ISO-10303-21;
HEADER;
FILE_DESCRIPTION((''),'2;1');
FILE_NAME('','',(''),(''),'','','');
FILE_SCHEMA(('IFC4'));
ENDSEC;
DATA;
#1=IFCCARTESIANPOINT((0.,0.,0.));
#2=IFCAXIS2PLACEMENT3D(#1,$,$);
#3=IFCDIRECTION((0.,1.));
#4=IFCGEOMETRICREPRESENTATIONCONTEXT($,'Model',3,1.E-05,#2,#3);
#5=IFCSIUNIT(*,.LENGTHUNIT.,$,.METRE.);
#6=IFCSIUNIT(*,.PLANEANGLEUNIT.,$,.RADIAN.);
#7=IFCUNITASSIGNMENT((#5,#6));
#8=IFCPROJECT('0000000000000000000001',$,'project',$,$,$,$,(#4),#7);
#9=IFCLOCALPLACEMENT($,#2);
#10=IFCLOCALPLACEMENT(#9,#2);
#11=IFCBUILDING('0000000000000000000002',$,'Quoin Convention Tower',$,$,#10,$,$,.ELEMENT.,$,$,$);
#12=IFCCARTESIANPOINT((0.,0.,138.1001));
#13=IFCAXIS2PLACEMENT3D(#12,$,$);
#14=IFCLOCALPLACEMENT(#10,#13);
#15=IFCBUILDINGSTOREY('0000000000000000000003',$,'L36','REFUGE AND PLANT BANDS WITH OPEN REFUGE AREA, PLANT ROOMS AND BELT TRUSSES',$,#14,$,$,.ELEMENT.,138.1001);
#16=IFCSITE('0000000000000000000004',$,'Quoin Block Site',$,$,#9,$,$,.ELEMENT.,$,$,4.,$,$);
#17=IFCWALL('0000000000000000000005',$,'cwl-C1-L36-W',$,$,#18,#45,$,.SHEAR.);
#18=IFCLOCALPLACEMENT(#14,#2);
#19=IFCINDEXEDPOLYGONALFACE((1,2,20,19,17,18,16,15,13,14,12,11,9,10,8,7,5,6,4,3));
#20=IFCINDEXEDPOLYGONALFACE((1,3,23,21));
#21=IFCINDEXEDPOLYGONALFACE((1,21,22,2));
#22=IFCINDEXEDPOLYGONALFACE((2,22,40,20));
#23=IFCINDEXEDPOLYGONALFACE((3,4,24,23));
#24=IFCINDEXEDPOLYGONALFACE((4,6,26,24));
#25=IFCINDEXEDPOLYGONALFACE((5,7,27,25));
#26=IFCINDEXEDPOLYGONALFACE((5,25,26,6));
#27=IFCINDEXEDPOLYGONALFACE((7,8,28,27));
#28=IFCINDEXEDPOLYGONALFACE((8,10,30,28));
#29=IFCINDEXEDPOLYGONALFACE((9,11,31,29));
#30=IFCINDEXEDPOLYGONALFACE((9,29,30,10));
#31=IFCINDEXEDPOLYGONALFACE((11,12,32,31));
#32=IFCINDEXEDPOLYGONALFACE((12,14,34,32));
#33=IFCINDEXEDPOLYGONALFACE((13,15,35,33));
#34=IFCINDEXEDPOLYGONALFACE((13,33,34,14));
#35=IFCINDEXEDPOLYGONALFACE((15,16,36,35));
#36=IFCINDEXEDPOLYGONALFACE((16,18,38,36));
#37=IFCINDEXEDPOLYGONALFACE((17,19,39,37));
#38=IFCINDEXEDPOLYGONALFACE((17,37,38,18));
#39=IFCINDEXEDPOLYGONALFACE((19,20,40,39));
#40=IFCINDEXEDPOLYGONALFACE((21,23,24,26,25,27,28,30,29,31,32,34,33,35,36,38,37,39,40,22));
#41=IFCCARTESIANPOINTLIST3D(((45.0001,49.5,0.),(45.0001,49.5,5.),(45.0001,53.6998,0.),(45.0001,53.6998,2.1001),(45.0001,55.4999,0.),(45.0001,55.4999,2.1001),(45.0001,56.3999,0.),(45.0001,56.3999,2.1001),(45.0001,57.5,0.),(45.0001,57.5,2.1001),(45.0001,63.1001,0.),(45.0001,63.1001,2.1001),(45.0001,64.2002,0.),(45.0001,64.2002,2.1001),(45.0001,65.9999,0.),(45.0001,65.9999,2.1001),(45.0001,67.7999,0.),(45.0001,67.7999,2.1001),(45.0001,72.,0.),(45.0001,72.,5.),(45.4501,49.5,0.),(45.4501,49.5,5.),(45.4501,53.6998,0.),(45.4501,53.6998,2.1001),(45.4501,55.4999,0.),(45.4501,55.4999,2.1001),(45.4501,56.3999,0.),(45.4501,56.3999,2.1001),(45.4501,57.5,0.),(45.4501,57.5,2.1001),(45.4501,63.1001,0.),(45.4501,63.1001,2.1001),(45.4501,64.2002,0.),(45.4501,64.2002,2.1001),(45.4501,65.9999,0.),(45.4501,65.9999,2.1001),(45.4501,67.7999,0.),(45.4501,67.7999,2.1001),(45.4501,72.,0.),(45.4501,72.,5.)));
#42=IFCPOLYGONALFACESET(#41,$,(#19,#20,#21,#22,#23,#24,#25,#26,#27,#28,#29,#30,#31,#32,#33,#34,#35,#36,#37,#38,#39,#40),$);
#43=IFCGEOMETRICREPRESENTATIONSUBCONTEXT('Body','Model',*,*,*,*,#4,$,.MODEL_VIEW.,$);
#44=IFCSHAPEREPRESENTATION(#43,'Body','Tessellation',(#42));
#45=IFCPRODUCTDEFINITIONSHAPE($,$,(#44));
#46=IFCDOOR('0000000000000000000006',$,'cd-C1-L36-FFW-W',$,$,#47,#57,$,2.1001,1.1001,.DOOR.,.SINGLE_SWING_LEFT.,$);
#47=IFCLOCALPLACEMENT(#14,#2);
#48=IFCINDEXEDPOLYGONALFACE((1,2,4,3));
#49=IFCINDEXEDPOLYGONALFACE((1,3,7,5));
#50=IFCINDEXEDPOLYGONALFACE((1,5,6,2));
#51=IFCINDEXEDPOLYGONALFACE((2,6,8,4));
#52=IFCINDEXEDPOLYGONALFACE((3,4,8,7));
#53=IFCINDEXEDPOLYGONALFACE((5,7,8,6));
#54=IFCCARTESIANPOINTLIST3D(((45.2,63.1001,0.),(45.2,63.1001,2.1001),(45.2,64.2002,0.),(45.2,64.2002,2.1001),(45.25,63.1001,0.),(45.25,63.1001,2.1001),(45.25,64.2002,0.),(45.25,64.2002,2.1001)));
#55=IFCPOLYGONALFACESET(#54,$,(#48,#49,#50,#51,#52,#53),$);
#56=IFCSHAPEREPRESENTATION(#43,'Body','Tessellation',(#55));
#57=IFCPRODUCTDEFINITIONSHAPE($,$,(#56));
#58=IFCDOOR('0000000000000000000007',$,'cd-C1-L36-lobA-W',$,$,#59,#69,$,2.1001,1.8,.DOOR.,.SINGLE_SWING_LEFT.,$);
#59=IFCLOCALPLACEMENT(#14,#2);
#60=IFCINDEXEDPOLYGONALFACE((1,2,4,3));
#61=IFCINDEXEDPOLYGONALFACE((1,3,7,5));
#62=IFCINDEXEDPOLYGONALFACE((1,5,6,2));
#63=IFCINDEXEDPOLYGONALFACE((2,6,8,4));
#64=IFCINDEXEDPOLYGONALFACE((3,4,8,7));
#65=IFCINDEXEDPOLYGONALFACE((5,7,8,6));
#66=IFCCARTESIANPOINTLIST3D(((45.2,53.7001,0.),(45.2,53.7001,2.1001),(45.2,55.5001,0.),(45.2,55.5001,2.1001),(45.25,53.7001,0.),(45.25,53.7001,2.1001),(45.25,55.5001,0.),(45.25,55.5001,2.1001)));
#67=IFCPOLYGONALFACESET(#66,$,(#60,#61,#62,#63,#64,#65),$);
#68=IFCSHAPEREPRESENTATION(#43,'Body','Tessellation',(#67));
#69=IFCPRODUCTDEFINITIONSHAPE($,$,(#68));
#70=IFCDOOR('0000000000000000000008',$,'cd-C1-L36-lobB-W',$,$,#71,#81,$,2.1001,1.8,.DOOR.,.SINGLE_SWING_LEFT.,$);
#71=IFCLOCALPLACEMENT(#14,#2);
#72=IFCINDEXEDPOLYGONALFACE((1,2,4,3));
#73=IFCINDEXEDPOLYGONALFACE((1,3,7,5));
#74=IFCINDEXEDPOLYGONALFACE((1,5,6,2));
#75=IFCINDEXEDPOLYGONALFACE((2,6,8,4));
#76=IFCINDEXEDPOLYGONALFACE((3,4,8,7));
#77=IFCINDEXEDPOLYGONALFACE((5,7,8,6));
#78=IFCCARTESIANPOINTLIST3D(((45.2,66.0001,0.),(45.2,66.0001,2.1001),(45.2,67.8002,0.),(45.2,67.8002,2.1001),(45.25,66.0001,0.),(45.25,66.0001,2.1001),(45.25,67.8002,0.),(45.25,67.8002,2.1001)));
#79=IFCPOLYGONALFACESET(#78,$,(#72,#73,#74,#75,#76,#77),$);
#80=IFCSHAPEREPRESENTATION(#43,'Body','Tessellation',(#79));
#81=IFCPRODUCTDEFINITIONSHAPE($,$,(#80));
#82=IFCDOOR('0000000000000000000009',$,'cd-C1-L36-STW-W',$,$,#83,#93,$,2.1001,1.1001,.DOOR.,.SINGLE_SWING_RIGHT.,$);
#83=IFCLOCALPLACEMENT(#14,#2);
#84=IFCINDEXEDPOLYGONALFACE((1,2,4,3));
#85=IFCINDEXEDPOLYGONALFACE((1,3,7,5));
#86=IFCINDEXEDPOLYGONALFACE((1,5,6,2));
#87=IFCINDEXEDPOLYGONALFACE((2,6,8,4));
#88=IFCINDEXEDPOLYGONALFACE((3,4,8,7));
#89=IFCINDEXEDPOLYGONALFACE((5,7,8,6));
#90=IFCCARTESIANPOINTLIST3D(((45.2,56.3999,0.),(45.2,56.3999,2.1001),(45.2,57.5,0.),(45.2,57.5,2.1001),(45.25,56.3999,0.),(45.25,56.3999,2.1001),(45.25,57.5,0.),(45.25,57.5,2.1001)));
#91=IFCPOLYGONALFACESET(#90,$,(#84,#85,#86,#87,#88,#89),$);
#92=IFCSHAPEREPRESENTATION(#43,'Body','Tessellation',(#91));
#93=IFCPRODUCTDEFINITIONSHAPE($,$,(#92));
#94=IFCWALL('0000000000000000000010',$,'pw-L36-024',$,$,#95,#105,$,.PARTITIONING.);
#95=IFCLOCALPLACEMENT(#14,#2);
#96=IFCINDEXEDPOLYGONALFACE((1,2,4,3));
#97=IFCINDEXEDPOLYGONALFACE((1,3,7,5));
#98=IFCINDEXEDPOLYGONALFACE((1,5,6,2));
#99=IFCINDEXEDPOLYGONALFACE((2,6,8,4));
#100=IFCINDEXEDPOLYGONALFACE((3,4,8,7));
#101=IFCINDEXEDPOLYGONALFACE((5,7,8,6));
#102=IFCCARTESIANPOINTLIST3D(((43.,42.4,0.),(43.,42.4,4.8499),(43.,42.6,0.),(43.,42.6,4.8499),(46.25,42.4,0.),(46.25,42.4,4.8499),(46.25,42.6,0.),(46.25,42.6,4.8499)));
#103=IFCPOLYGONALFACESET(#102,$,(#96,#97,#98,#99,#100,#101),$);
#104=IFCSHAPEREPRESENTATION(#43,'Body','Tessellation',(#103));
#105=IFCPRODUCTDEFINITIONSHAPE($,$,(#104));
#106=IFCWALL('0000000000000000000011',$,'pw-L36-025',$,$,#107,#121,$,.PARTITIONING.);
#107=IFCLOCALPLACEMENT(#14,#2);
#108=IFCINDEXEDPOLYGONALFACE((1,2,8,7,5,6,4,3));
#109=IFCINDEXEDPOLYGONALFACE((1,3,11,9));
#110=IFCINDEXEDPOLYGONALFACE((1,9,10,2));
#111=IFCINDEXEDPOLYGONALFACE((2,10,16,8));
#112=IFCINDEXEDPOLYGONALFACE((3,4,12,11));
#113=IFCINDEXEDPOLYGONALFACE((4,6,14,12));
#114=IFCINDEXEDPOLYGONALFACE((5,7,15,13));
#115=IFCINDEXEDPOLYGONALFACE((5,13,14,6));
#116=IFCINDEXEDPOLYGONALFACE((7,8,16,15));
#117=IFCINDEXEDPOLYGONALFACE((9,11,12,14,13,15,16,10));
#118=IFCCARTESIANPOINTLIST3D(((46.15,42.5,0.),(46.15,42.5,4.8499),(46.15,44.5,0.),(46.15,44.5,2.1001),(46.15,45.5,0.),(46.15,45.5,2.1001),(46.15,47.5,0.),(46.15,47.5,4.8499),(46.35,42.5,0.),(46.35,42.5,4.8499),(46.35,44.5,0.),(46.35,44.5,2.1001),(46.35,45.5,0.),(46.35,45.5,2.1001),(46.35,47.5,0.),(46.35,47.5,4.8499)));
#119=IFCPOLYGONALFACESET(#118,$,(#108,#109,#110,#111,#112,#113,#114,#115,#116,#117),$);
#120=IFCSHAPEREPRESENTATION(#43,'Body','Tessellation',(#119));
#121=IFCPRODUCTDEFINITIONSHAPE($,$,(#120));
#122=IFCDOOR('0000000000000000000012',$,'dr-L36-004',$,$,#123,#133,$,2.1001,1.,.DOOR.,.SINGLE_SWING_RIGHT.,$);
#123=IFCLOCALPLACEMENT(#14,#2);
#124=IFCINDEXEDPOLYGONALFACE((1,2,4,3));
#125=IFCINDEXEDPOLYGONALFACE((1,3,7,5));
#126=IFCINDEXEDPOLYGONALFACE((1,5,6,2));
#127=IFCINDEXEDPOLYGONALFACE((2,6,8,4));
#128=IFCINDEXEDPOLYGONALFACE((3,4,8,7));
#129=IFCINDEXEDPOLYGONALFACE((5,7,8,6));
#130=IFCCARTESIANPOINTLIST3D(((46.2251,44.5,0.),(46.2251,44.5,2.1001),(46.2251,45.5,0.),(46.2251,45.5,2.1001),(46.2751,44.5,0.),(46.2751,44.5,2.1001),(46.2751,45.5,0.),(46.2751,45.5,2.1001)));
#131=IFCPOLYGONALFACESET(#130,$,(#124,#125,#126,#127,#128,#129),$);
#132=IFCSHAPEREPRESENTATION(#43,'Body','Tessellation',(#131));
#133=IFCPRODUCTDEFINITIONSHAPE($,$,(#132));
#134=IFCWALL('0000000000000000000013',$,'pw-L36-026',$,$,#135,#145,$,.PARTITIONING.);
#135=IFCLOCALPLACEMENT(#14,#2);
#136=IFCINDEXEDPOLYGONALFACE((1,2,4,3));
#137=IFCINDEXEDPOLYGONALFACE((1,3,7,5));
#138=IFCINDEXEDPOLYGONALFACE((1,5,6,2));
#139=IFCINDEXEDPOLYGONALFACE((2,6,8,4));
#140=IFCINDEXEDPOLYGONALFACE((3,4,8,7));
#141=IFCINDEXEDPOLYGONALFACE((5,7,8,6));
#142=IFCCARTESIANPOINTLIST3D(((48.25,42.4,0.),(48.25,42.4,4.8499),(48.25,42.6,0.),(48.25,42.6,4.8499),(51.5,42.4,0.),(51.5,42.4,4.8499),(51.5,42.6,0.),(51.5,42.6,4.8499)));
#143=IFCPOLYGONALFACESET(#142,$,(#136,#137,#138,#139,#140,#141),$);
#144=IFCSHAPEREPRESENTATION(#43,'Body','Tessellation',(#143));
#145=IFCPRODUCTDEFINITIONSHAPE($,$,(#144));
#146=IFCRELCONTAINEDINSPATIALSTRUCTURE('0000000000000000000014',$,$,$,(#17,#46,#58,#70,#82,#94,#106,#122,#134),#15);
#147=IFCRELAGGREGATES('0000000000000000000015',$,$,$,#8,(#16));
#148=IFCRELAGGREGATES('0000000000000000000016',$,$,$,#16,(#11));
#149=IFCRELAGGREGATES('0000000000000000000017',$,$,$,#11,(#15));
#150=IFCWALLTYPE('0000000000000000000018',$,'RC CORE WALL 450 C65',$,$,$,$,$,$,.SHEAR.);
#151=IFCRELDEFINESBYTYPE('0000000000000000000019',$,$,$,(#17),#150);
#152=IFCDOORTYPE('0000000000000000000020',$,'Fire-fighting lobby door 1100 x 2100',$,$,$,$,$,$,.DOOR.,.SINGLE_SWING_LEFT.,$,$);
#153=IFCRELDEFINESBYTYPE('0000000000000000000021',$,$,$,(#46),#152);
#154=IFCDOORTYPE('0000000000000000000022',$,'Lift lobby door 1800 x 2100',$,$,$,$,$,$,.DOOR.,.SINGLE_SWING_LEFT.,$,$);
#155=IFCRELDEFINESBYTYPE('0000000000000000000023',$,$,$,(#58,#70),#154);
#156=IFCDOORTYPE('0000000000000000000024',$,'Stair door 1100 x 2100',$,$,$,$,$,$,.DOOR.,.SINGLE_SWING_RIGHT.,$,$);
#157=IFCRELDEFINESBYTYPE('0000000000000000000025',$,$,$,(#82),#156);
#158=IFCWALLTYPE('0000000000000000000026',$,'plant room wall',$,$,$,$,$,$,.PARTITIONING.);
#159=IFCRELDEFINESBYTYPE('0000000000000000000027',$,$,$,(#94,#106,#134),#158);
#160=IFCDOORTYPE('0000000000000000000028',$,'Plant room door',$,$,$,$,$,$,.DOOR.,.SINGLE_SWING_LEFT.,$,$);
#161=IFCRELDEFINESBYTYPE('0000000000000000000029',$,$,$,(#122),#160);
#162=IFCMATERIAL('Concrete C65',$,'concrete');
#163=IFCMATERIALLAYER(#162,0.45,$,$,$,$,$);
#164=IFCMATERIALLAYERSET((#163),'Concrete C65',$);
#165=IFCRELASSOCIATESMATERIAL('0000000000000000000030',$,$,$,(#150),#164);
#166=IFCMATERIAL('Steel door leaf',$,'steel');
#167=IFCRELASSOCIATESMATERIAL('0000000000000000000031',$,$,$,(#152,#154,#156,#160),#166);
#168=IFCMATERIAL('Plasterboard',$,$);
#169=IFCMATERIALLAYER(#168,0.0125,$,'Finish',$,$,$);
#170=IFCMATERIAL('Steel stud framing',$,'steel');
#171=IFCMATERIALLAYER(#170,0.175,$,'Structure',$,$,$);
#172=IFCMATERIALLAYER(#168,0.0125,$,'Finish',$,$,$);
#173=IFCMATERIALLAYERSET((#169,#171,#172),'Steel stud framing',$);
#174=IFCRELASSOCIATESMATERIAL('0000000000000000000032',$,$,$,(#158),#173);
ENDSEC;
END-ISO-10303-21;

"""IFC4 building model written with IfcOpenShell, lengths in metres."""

from ifc_helpers import new_model, si_unit, direction, frame, frame_2d, origin, place, context, subcontext, project, spatial, rectangle, extrude, material, layer, layer_set, type_object, element, fill, save


model = new_model("IFC4")

# Units and contexts
model_context = context("Model", 3, precision=1e-05, world=origin(), true_north=direction((0.0, 1.0)))
body_context = subcontext(model_context, "Body", "Model", "MODEL_VIEW")
ifc_project = project(units=[si_unit("LENGTHUNIT", "METRE"), si_unit("PLANEANGLEUNIT", "RADIAN")], contexts=[model_context])

# Site, building, storey
site_placement = place(None, origin())
site = spatial("IfcSite", under=ifc_project, at=site_placement, Name="Quoin Block Site", CompositionType="ELEMENT", RefElevation=4.0)
building_placement = place(site_placement, origin())
building = spatial("IfcBuilding", under=site, at=building_placement, Name="Quoin Convention Tower", CompositionType="ELEMENT")
storey_placement = place(building_placement, frame((0.0, 0.0, 138.1001)))
storey = spatial("IfcBuildingStorey", under=building, at=storey_placement, Name="L36", Description="REFUGE AND PLANT BANDS WITH OPEN REFUGE AREA, PLANT ROOMS AND BELT TRUSSES", CompositionType="ELEMENT", Elevation=138.1001)

# Shared definitions
ifc_material_1 = material(Name="Concrete C65", Category="concrete")

# Wall, openings, doors
ifc_layer_1 = layer(ifc_material_1, 0.45)
ifc_layer_set_1 = layer_set([ifc_layer_1], Name="Concrete C65")
wall_type_1 = type_object("IfcWallType", Name="RC CORE WALL 450 C65", PredefinedType="SHEAR", material=ifc_layer_set_1)
wall_1_placement = place(storey_placement, frame((45.2251, 49.5, 0.0), z_axis=(0.0, 0.0, 1.0), x_axis=(0.0, 1.0, 0.0)))
wall_1 = element("IfcWall", 1, at=wall_1_placement, inside=storey, type_object=wall_type_1, Name="cwl-C1-L36-W", PredefinedType="SHEAR", context=body_context, shape_type="SweptSolid", body=[
    extrude(rectangle(XDim=22.5, YDim=0.45, at=frame_2d((11.25, 0.0))), origin(), (0.0, 0.0, 1.0), 5.0),
])
opening_1_placement = place(wall_1_placement, frame((4.2, 0.0, 0.0)))
opening_1 = element("IfcOpeningElement", 2, at=opening_1_placement, cuts=wall_1, PredefinedType="OPENING", context=body_context, shape_type="SweptSolid", body=[
    extrude(rectangle(XDim=1.8, YDim=2.1001, at=frame_2d((0.8999, 1.05))), frame((0.0, 0.2349, 0.0), z_axis=(0.0, -1.0, 0.0), x_axis=(1.0, 0.0, 0.0)), (0.0, 0.0, 1.0), 0.47),
])
opening_2_placement = place(wall_1_placement, frame((6.8999, 0.0, 0.0)))
opening_2 = element("IfcOpeningElement", 3, at=opening_2_placement, cuts=wall_1, PredefinedType="OPENING", context=body_context, shape_type="SweptSolid", body=[
    extrude(rectangle(XDim=1.1001, YDim=2.1001, at=frame_2d((0.55, 1.05))), frame((0.0, 0.2349, 0.0), z_axis=(0.0, -1.0, 0.0), x_axis=(1.0, 0.0, 0.0)), (0.0, 0.0, 1.0), 0.47),
])
opening_3_placement = place(wall_1_placement, frame((13.6001, 0.0, 0.0)))
opening_3 = element("IfcOpeningElement", 4, at=opening_3_placement, cuts=wall_1, PredefinedType="OPENING", context=body_context, shape_type="SweptSolid", body=[
    extrude(rectangle(XDim=1.1001, YDim=2.1001, at=frame_2d((0.55, 1.05))), frame((0.0, 0.2349, 0.0), z_axis=(0.0, -1.0, 0.0), x_axis=(1.0, 0.0, 0.0)), (0.0, 0.0, 1.0), 0.47),
])
opening_4_placement = place(wall_1_placement, frame((16.5, 0.0, 0.0)))
opening_4 = element("IfcOpeningElement", 5, at=opening_4_placement, cuts=wall_1, PredefinedType="OPENING", context=body_context, shape_type="SweptSolid", body=[
    extrude(rectangle(XDim=1.8, YDim=2.1001, at=frame_2d((0.8999, 1.05))), frame((0.0, 0.2349, 0.0), z_axis=(0.0, -1.0, 0.0), x_axis=(1.0, 0.0, 0.0)), (0.0, 0.0, 1.0), 0.47),
])
ifc_material_2 = material(Name="Steel door leaf", Category="steel")
door_type_1 = type_object("IfcDoorType", Name="Fire-fighting lobby door 1100 x 2100", OperationType="SINGLE_SWING_LEFT", PredefinedType="DOOR", material=ifc_material_2)
door_1_placement = place(opening_3_placement, frame((1.1001, 0.0, 0.0), z_axis=(0.0, 0.0, 1.0), x_axis=(-1.0, 0.0, 0.0)))
door_1 = element("IfcDoor", 6, at=door_1_placement, inside=storey, type_object=door_type_1, Name="cd-C1-L36-FFW-W", OperationType="SINGLE_SWING_LEFT", OverallHeight=2.1001, OverallWidth=1.1001, PredefinedType="DOOR", context=body_context, shape_type="SweptSolid", body=[
    extrude(rectangle(XDim=1.1001, YDim=2.1001, at=frame_2d((0.55, 1.05))), frame((0.0, 0.0249, 0.0), z_axis=(0.0, -1.0, 0.0), x_axis=(1.0, 0.0, 0.0)), (0.0, 0.0, 1.0), 0.05),
])
fill(opening_3, door_1)
door_type_2 = type_object("IfcDoorType", Name="Lift lobby door 1800 x 2100", OperationType="SINGLE_SWING_LEFT", PredefinedType="DOOR", material=ifc_material_2)
door_2_placement = place(opening_1_placement, frame((1.8, 0.0, 0.0), z_axis=(0.0, 0.0, 1.0), x_axis=(-1.0, 0.0, 0.0)))
door_2 = element("IfcDoor", 7, at=door_2_placement, inside=storey, type_object=door_type_2, Name="cd-C1-L36-lobA-W", OperationType="SINGLE_SWING_LEFT", OverallHeight=2.1001, OverallWidth=1.8, PredefinedType="DOOR", context=body_context, shape_type="SweptSolid", body=[
    extrude(rectangle(XDim=1.8, YDim=2.1001, at=frame_2d((0.8999, 1.05))), frame((0.0, 0.0249, 0.0), z_axis=(0.0, -1.0, 0.0), x_axis=(1.0, 0.0, 0.0)), (0.0, 0.0, 1.0), 0.05),
])
fill(opening_1, door_2)
door_3_placement = place(opening_4_placement, frame((1.8, 0.0, 0.0), z_axis=(0.0, 0.0, 1.0), x_axis=(-1.0, 0.0, 0.0)))
door_3 = element("IfcDoor", 8, at=door_3_placement, inside=storey, type_object=door_type_2, Name="cd-C1-L36-lobB-W", OperationType="SINGLE_SWING_LEFT", OverallHeight=2.1001, OverallWidth=1.8, PredefinedType="DOOR", context=body_context, shape_type="SweptSolid", body=[
    extrude(rectangle(XDim=1.8, YDim=2.1001, at=frame_2d((0.8999, 1.05))), frame((0.0, 0.0249, 0.0), z_axis=(0.0, -1.0, 0.0), x_axis=(1.0, 0.0, 0.0)), (0.0, 0.0, 1.0), 0.05),
])
fill(opening_4, door_3)
door_type_3 = type_object("IfcDoorType", Name="Stair door 1100 x 2100", OperationType="SINGLE_SWING_RIGHT", PredefinedType="DOOR", material=ifc_material_2)
door_4_placement = place(opening_2_placement, frame((1.1001, 0.0, 0.0), z_axis=(0.0, 0.0, 1.0), x_axis=(-1.0, 0.0, 0.0)))
door_4 = element("IfcDoor", 9, at=door_4_placement, inside=storey, type_object=door_type_3, Name="cd-C1-L36-STW-W", OperationType="SINGLE_SWING_RIGHT", OverallHeight=2.1001, OverallWidth=1.1001, PredefinedType="DOOR", context=body_context, shape_type="SweptSolid", body=[
    extrude(rectangle(XDim=1.1001, YDim=2.1001, at=frame_2d((0.55, 1.05))), frame((0.0, 0.0249, 0.0), z_axis=(0.0, -1.0, 0.0), x_axis=(1.0, 0.0, 0.0)), (0.0, 0.0, 1.0), 0.05),
])
fill(opening_2, door_4)

# Wall
ifc_material_3 = material(Name="Plasterboard")
ifc_layer_2 = layer(ifc_material_3, 0.0125, Name="Finish")
ifc_material_4 = material(Name="Steel stud framing", Category="steel")
ifc_layer_3 = layer(ifc_material_4, 0.175, Name="Structure")
ifc_layer_4 = layer(ifc_material_3, 0.0125, Name="Finish")
ifc_layer_set_2 = layer_set([ifc_layer_2, ifc_layer_3, ifc_layer_4], Name="Steel stud framing")
wall_type_2 = type_object("IfcWallType", Name="plant room wall", PredefinedType="PARTITIONING", material=ifc_layer_set_2)
wall_2_placement = place(storey_placement, frame((43.0, 42.5, 0.0), z_axis=(0.0, 0.0, 1.0), x_axis=(1.0, 0.0, 0.0)))
element("IfcWall", 10, at=wall_2_placement, inside=storey, type_object=wall_type_2, Name="pw-L36-024", PredefinedType="PARTITIONING", context=body_context, shape_type="SweptSolid", body=[
    extrude(rectangle(XDim=3.25, YDim=0.2, at=frame_2d((1.625, 0.0))), origin(), (0.0, 0.0, 1.0), 4.8499),
])

# Wall, opening, door
wall_3_placement = place(storey_placement, frame((46.25, 42.5, 0.0), z_axis=(0.0, 0.0, 1.0), x_axis=(0.0, 1.0, 0.0)))
wall_3 = element("IfcWall", 11, at=wall_3_placement, inside=storey, type_object=wall_type_2, Name="pw-L36-025", PredefinedType="PARTITIONING", context=body_context, shape_type="SweptSolid", body=[
    extrude(rectangle(XDim=5.0, YDim=0.2, at=frame_2d((2.5, 0.0))), origin(), (0.0, 0.0, 1.0), 4.8499),
])
opening_5_placement = place(wall_3_placement, frame((2.0, 0.0, 0.0)))
opening_5 = element("IfcOpeningElement", 12, at=opening_5_placement, cuts=wall_3, PredefinedType="OPENING", context=body_context, shape_type="SweptSolid", body=[
    extrude(rectangle(XDim=1.0, YDim=2.1001, at=frame_2d((0.5, 1.05))), frame((0.0, 0.1099, 0.0), z_axis=(0.0, -1.0, 0.0), x_axis=(1.0, 0.0, 0.0)), (0.0, 0.0, 1.0), 0.22),
])
door_type_4 = type_object("IfcDoorType", Name="Plant room door", OperationType="SINGLE_SWING_LEFT", PredefinedType="DOOR", material=ifc_material_2)
door_5_placement = place(opening_5_placement, origin())
door_5 = element("IfcDoor", 13, at=door_5_placement, inside=storey, type_object=door_type_4, Name="dr-L36-004", OperationType="SINGLE_SWING_RIGHT", OverallHeight=2.1001, OverallWidth=1.0, PredefinedType="DOOR", context=body_context, shape_type="SweptSolid", body=[
    extrude(rectangle(XDim=1.0, YDim=2.1001, at=frame_2d((0.5, 1.05))), frame((0.0, 0.0249, 0.0), z_axis=(0.0, -1.0, 0.0), x_axis=(1.0, 0.0, 0.0)), (0.0, 0.0, 1.0), 0.05),
])
fill(opening_5, door_5)

# Wall
wall_4_placement = place(storey_placement, frame((48.25, 42.5, 0.0), z_axis=(0.0, 0.0, 1.0), x_axis=(1.0, 0.0, 0.0)))
element("IfcWall", 14, at=wall_4_placement, inside=storey, type_object=wall_type_2, Name="pw-L36-026", PredefinedType="PARTITIONING", context=body_context, shape_type="SweptSolid", body=[
    extrude(rectangle(XDim=3.25, YDim=0.2, at=frame_2d((1.625, 0.0))), origin(), (0.0, 0.0, 1.0), 4.8499),
])

save(model, "model.ifc")
